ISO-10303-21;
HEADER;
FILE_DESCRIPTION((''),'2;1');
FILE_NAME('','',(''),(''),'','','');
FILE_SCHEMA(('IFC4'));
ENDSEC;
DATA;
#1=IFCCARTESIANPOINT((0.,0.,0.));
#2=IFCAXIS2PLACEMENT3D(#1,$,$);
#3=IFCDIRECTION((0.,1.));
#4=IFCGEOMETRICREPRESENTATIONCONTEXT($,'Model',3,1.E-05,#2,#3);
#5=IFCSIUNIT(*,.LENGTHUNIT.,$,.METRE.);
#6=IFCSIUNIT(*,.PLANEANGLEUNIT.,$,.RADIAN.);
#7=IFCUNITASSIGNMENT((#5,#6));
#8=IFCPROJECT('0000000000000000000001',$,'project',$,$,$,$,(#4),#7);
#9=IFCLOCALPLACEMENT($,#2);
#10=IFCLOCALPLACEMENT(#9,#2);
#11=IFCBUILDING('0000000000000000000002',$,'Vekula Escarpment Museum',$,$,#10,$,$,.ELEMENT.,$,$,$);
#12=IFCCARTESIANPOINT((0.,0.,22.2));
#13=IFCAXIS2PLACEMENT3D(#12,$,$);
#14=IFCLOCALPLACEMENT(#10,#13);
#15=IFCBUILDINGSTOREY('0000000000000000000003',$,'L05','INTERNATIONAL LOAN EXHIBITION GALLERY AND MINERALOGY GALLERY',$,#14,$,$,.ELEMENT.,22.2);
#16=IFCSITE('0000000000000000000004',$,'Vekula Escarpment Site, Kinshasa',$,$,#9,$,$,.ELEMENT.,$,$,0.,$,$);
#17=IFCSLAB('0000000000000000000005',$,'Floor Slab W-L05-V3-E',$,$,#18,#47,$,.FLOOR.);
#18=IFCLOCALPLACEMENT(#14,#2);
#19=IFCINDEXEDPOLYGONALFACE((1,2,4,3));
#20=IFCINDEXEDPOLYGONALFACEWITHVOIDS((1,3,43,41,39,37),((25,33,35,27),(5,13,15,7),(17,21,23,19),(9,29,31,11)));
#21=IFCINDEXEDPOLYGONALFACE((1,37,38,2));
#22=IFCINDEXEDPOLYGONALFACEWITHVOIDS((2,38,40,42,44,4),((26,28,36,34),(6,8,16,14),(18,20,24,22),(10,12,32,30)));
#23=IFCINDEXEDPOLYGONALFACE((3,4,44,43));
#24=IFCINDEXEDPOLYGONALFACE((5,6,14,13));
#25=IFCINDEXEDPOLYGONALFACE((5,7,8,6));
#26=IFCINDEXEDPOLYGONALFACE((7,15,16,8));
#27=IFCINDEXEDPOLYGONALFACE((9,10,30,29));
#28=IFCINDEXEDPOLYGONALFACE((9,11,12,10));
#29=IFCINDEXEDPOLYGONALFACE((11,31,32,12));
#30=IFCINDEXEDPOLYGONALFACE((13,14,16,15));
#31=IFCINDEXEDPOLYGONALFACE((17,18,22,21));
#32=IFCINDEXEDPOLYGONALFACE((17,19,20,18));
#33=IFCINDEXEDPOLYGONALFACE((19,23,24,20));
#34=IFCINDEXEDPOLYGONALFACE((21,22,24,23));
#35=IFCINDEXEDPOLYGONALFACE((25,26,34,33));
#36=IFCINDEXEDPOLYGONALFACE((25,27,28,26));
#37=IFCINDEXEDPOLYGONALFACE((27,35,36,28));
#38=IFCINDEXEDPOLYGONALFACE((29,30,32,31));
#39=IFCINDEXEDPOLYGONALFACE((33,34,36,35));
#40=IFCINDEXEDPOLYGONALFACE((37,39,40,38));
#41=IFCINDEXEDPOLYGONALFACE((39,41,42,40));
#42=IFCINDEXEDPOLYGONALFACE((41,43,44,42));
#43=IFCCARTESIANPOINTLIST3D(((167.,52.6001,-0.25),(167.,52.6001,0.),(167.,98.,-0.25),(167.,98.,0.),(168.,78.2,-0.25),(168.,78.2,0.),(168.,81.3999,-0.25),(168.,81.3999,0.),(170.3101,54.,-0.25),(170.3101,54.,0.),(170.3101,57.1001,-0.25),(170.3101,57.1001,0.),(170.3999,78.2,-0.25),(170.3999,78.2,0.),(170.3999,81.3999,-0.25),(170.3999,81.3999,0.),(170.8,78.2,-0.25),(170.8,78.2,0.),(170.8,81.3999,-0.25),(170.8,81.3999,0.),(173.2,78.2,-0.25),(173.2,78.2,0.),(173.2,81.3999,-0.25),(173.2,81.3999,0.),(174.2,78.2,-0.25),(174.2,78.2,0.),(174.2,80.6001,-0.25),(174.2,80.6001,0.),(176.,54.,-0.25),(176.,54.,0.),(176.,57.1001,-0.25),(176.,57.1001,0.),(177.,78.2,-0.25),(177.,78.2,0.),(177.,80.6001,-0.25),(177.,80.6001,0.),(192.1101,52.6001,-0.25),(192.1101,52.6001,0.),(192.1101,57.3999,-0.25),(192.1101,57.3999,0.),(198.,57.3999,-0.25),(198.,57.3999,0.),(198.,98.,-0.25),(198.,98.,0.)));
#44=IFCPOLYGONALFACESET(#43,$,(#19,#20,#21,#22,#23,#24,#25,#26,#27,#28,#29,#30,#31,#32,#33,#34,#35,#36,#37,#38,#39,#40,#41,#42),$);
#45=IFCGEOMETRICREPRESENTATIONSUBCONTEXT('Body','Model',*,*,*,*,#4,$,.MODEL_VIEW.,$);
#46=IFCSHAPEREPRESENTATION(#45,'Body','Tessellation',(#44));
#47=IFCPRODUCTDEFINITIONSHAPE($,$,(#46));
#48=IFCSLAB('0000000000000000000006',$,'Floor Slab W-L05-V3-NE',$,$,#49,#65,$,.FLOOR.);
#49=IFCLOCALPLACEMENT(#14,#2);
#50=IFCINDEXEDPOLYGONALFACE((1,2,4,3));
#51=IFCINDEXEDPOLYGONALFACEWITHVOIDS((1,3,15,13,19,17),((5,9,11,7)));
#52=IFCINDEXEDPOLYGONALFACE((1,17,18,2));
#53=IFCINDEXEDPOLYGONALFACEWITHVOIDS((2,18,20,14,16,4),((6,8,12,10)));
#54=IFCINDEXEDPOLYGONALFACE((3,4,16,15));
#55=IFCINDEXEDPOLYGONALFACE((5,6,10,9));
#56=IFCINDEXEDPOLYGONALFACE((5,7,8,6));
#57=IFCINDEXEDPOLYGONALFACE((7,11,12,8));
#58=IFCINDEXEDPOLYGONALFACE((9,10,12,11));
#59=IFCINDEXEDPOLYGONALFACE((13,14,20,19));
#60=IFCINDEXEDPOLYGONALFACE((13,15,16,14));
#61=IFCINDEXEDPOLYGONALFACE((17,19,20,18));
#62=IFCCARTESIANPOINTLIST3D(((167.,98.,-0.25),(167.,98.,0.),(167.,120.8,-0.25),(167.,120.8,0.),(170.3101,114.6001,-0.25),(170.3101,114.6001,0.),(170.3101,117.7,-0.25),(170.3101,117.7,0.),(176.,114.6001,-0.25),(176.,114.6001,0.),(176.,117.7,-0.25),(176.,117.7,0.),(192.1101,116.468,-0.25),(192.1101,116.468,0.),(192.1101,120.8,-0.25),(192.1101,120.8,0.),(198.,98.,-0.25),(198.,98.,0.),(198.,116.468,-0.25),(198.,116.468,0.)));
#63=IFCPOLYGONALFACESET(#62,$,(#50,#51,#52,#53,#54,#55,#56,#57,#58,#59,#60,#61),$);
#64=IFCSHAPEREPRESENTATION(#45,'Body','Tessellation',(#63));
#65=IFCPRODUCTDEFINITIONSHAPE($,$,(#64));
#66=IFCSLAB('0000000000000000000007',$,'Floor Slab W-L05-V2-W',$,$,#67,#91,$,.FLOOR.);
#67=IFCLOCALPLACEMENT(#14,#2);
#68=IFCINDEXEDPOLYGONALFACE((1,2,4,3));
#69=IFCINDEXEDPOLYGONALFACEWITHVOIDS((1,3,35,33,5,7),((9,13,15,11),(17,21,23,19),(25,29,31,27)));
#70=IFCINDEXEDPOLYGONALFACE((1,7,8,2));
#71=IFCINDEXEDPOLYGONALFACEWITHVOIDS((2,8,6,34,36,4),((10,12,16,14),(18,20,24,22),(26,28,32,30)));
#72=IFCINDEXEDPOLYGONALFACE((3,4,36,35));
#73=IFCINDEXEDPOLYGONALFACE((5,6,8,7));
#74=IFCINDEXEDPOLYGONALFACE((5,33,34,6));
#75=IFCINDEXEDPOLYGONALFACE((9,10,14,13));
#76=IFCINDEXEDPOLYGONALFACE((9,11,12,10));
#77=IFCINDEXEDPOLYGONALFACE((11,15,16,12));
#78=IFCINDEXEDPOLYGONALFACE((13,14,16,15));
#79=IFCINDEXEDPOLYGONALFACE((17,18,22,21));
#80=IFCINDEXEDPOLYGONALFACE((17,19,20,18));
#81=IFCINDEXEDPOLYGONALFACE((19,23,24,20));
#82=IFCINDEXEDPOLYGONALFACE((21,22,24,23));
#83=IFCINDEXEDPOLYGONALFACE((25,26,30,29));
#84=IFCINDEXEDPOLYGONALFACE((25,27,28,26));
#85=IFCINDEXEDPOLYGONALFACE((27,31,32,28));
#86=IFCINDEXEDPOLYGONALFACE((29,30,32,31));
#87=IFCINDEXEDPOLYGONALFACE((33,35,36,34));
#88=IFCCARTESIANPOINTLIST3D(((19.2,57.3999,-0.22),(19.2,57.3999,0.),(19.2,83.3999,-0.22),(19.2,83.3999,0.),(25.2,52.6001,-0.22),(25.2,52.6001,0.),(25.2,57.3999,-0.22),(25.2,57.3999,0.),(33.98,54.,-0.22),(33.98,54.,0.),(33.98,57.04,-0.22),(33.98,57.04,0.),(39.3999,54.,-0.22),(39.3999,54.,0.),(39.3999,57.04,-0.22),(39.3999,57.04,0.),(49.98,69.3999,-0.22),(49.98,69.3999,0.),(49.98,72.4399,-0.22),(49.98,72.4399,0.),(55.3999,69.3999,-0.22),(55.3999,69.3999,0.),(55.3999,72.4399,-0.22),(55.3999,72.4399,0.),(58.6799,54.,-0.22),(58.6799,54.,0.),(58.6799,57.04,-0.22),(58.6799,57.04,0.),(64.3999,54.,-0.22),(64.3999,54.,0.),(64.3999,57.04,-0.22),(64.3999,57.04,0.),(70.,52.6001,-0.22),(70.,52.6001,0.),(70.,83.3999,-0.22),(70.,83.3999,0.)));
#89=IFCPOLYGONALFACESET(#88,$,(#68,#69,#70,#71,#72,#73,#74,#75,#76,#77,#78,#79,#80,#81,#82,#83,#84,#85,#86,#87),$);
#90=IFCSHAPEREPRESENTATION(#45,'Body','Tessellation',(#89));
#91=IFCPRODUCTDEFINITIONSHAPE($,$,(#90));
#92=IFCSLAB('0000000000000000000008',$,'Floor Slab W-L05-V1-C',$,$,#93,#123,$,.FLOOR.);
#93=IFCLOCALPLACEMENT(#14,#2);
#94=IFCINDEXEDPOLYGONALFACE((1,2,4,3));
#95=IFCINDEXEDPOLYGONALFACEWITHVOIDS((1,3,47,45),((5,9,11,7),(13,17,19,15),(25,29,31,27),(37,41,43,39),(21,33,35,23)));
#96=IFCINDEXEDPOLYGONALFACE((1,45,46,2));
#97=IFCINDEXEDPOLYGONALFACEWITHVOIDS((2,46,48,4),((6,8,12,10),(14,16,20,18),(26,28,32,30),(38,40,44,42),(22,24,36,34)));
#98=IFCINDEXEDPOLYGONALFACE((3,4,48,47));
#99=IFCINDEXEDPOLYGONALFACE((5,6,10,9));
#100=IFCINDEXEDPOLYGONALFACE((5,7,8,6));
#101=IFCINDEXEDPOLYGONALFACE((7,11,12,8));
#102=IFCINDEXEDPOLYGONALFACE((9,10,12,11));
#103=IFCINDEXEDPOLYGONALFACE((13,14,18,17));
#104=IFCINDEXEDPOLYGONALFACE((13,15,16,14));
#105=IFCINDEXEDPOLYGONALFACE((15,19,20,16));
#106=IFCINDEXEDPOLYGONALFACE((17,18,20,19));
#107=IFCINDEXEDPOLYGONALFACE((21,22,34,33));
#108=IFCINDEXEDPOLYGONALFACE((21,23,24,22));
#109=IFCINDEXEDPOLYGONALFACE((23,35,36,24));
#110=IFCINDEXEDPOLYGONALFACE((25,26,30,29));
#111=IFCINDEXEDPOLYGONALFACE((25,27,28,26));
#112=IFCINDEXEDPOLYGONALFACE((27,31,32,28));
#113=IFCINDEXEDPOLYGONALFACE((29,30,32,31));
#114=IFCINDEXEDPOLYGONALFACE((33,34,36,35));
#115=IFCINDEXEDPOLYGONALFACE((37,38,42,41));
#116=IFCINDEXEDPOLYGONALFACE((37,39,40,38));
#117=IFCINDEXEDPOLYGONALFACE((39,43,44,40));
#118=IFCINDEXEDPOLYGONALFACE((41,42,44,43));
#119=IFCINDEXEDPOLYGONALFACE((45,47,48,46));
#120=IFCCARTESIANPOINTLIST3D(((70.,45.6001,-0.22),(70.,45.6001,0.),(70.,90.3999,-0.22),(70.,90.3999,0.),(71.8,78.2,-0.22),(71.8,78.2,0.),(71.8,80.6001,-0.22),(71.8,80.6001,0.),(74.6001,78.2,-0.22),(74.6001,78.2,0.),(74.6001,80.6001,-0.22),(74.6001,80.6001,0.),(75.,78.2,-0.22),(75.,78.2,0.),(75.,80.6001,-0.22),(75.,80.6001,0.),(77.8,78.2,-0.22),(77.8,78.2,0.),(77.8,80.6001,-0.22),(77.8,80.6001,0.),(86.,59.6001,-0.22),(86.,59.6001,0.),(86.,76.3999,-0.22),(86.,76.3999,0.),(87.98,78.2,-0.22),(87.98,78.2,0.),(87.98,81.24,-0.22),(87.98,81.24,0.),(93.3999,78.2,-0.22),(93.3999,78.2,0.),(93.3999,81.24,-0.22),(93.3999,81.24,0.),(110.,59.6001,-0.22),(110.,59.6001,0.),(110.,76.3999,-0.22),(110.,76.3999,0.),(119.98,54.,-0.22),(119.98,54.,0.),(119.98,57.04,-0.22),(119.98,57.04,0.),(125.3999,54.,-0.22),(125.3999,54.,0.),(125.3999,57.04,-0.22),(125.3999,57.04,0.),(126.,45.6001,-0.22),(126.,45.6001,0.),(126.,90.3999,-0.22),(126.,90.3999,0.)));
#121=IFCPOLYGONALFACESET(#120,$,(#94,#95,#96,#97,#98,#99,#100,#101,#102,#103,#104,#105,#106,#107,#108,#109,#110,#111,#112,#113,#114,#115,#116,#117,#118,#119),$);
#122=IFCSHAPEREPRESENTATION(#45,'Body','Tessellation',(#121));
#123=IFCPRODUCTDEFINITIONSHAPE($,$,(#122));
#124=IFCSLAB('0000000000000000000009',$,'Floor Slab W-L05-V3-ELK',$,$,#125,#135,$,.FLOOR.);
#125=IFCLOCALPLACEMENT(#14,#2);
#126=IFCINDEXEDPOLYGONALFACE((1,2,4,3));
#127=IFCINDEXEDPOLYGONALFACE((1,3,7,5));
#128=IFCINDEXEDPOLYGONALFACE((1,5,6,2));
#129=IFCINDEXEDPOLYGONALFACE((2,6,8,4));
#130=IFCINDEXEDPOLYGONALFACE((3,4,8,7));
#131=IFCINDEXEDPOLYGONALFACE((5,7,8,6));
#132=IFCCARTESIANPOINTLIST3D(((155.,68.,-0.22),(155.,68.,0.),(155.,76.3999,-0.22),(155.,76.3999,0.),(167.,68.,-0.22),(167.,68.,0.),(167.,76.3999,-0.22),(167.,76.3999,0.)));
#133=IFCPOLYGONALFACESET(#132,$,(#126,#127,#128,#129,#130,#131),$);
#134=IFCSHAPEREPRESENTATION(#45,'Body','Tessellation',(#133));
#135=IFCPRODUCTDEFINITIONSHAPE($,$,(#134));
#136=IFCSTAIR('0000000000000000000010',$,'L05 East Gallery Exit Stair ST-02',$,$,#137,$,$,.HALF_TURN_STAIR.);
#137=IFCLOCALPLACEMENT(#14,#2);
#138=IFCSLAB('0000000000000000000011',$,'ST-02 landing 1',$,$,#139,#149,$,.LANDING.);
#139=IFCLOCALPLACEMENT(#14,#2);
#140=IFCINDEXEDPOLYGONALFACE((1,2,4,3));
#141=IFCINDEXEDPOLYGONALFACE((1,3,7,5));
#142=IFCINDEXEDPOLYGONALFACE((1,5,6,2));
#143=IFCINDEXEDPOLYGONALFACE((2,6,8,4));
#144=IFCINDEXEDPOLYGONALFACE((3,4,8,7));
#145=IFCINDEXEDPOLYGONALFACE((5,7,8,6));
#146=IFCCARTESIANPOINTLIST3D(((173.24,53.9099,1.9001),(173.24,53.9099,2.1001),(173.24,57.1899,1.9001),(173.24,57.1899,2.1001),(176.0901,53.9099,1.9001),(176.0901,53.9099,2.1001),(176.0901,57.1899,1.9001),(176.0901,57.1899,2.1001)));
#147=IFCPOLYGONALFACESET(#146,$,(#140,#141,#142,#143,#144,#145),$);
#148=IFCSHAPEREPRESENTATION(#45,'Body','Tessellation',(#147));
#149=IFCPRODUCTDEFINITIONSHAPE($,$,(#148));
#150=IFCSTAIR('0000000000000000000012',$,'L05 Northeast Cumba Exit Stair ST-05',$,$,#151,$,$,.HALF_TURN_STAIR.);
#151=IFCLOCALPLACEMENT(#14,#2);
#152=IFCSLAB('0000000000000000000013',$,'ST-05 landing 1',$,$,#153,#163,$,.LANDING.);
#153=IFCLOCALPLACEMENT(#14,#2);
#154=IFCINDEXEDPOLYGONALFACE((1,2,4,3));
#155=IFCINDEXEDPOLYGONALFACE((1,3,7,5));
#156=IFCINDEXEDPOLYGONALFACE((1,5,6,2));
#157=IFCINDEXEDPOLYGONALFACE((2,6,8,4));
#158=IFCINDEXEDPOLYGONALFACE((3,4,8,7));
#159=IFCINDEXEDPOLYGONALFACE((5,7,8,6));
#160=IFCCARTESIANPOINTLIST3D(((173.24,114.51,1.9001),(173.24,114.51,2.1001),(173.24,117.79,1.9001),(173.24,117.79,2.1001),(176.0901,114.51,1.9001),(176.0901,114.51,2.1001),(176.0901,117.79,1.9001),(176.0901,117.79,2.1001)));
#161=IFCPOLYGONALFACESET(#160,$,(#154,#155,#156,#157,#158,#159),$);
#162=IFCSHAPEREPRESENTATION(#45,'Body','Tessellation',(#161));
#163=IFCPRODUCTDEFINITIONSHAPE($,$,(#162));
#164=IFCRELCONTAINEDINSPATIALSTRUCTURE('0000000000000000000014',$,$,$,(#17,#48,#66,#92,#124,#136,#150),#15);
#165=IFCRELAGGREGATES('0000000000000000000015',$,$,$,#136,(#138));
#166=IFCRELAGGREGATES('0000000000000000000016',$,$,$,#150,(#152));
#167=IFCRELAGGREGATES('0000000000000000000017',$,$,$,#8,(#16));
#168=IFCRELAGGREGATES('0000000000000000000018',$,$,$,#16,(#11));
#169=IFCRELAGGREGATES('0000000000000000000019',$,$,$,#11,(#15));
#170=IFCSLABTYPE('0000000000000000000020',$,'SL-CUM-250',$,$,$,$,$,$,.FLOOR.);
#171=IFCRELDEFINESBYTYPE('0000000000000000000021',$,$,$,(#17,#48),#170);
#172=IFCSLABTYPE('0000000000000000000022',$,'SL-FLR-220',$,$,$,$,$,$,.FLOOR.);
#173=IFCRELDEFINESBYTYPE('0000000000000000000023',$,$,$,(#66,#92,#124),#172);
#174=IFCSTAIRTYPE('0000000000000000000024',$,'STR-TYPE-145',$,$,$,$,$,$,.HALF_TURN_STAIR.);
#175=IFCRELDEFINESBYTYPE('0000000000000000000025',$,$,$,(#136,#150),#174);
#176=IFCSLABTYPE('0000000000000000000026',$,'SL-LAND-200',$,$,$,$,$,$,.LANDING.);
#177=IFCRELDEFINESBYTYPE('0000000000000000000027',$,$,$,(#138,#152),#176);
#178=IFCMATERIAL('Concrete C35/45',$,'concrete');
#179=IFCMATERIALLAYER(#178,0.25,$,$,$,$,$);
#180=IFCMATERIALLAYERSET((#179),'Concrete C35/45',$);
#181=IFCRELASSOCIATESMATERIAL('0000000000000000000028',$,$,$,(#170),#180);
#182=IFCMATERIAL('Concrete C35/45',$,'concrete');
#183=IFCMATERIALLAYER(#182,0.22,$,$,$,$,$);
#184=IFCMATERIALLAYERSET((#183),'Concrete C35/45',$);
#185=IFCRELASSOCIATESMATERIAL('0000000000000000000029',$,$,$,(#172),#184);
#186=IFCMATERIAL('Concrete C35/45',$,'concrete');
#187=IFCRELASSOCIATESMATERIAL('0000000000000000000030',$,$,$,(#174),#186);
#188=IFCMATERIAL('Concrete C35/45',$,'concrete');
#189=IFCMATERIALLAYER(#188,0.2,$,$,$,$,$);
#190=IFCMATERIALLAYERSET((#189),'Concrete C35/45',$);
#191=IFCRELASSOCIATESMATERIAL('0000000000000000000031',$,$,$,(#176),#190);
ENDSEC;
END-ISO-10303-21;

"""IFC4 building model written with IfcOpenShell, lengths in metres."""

from ifc_helpers import new_model, si_unit, direction, frame, origin, place, context, subcontext, project, spatial, polyline, outline, extrude, material, layer, layer_set, type_object, element, aggregate, save


model = new_model("IFC4")

# Units and contexts
model_context = context("Model", 3, precision=1e-05, world=origin(), true_north=direction((0.0, 1.0)))
body_context = subcontext(model_context, "Body", "Model", "MODEL_VIEW")
ifc_project = project(units=[si_unit("LENGTHUNIT", "METRE"), si_unit("PLANEANGLEUNIT", "RADIAN")], contexts=[model_context])

# Site, building, storey
site_placement = place(None, origin())
site = spatial("IfcSite", under=ifc_project, at=site_placement, Name="Vekula Escarpment Site, Kinshasa", CompositionType="ELEMENT", RefElevation=0.0)
building_placement = place(site_placement, origin())
building = spatial("IfcBuilding", under=site, at=building_placement, Name="Vekula Escarpment Museum", CompositionType="ELEMENT")
storey_placement = place(building_placement, frame((0.0, 0.0, 22.2)))
storey = spatial("IfcBuildingStorey", under=building, at=storey_placement, Name="L05", Description="INTERNATIONAL LOAN EXHIBITION GALLERY AND MINERALOGY GALLERY", CompositionType="ELEMENT", Elevation=22.2)

# Slabs
ifc_material_1 = material(Name="Concrete C35/45", Category="concrete")
ifc_layer_1 = layer(ifc_material_1, 0.25)
ifc_layer_set_1 = layer_set([ifc_layer_1], Name="Concrete C35/45")
slab_type_1 = type_object("IfcSlabType", Name="SL-CUM-250", PredefinedType="FLOOR", material=ifc_layer_set_1)
slab_1_placement = place(storey_placement, frame((0.0, 0.0, -0.25)))
element("IfcSlab", 1, at=slab_1_placement, inside=storey, type_object=slab_type_1, Name="Floor Slab W-L05-V3-E", PredefinedType="FLOOR", context=body_context, shape_type="SweptSolid", body=[
    extrude(outline(polyline([(167.0, 52.6001), (192.1101, 52.6001), (192.1101, 57.3999), (198.0, 57.3999), (198.0, 98.0), (167.0, 98.0), (167.0, 52.6001)]), holes=[polyline([(170.3101, 54.0), (176.0, 54.0), (176.0, 57.1001), (170.3101, 57.1001), (170.3101, 54.0)]), polyline([(168.0, 78.2), (170.3999, 78.2), (170.3999, 81.3999), (168.0, 81.3999), (168.0, 78.2)]), polyline([(170.8, 78.2), (173.2, 78.2), (173.2, 81.3999), (170.8, 81.3999), (170.8, 78.2)]), polyline([(174.2, 78.2), (177.0, 78.2), (177.0, 80.6001), (174.2, 80.6001), (174.2, 78.2)])]), origin(), (0.0, 0.0, 1.0), 0.25),
])
slab_2_placement = place(storey_placement, frame((0.0, 0.0, -0.25)))
element("IfcSlab", 2, at=slab_2_placement, inside=storey, type_object=slab_type_1, Name="Floor Slab W-L05-V3-NE", PredefinedType="FLOOR", context=body_context, shape_type="SweptSolid", body=[
    extrude(outline(polyline([(167.0, 98.0), (198.0, 98.0), (198.0, 116.468), (192.1101, 116.468), (192.1101, 120.8), (167.0, 120.8), (167.0, 98.0)]), holes=[polyline([(170.3101, 114.6001), (176.0, 114.6001), (176.0, 117.7), (170.3101, 117.7), (170.3101, 114.6001)])]), origin(), (0.0, 0.0, 1.0), 0.25),
])
ifc_material_2 = material(Name="Concrete C35/45", Category="concrete")
ifc_layer_2 = layer(ifc_material_2, 0.22)
ifc_layer_set_2 = layer_set([ifc_layer_2], Name="Concrete C35/45")
slab_type_2 = type_object("IfcSlabType", Name="SL-FLR-220", PredefinedType="FLOOR", material=ifc_layer_set_2)
slab_3_placement = place(storey_placement, frame((0.0, 0.0, -0.22)))
element("IfcSlab", 3, at=slab_3_placement, inside=storey, type_object=slab_type_2, Name="Floor Slab W-L05-V2-W", PredefinedType="FLOOR", context=body_context, shape_type="SweptSolid", body=[
    extrude(outline(polyline([(25.2, 52.6001), (70.0, 52.6001), (70.0, 83.3999), (19.2, 83.3999), (19.2, 57.3999), (25.2, 57.3999), (25.2, 52.6001)]), holes=[polyline([(58.6799, 54.0), (64.3999, 54.0), (64.3999, 57.04), (58.6799, 57.04), (58.6799, 54.0)]), polyline([(33.98, 54.0), (39.3999, 54.0), (39.3999, 57.04), (33.98, 57.04), (33.98, 54.0)]), polyline([(49.98, 69.3999), (55.3999, 69.3999), (55.3999, 72.4399), (49.98, 72.4399), (49.98, 69.3999)])]), origin(), (0.0, 0.0, 1.0), 0.22),
])
slab_4_placement = place(storey_placement, frame((0.0, 0.0, -0.22)))
element("IfcSlab", 4, at=slab_4_placement, inside=storey, type_object=slab_type_2, Name="Floor Slab W-L05-V1-C", PredefinedType="FLOOR", context=body_context, shape_type="SweptSolid", body=[
    extrude(outline(polyline([(70.0, 45.6001), (126.0, 45.6001), (126.0, 90.3999), (70.0, 90.3999), (70.0, 45.6001)]), holes=[polyline([(86.0, 59.6001), (110.0, 59.6001), (110.0, 76.3999), (86.0, 76.3999), (86.0, 59.6001)]), polyline([(119.98, 54.0), (125.3999, 54.0), (125.3999, 57.04), (119.98, 57.04), (119.98, 54.0)]), polyline([(87.98, 78.2), (93.3999, 78.2), (93.3999, 81.24), (87.98, 81.24), (87.98, 78.2)]), polyline([(71.8, 78.2), (74.6001, 78.2), (74.6001, 80.6001), (71.8, 80.6001), (71.8, 78.2)]), polyline([(75.0, 78.2), (77.8, 78.2), (77.8, 80.6001), (75.0, 80.6001), (75.0, 78.2)])]), origin(), (0.0, 0.0, 1.0), 0.22),
])
slab_5_placement = place(storey_placement, frame((0.0, 0.0, -0.22)))
element("IfcSlab", 5, at=slab_5_placement, inside=storey, type_object=slab_type_2, Name="Floor Slab W-L05-V3-ELK", PredefinedType="FLOOR", context=body_context, shape_type="SweptSolid", body=[
    extrude(outline(polyline([(155.0, 68.0), (167.0, 68.0), (167.0, 76.3999), (155.0, 76.3999), (155.0, 68.0)])), origin(), (0.0, 0.0, 1.0), 0.22),
])

# Stairs, slabs
ifc_material_3 = material(Name="Concrete C35/45", Category="concrete")
stair_type = type_object("IfcStairType", Name="STR-TYPE-145", PredefinedType="HALF_TURN_STAIR", material=ifc_material_3)
stair_1_placement = place(storey_placement, origin())
stair_1 = element("IfcStair", 6, at=stair_1_placement, inside=storey, type_object=stair_type, Name="L05 East Gallery Exit Stair ST-02", PredefinedType="HALF_TURN_STAIR")
ifc_material_4 = material(Name="Concrete C35/45", Category="concrete")
ifc_layer_3 = layer(ifc_material_4, 0.2)
ifc_layer_set_3 = layer_set([ifc_layer_3], Name="Concrete C35/45")
slab_type_3 = type_object("IfcSlabType", Name="SL-LAND-200", PredefinedType="LANDING", material=ifc_layer_set_3)
slab_6_placement = place(storey_placement, frame((0.0, 0.0, 1.9001)))
slab_6 = element("IfcSlab", 7, at=slab_6_placement, type_object=slab_type_3, Name="ST-02 landing 1", PredefinedType="LANDING", context=body_context, shape_type="SweptSolid", body=[
    extrude(outline(polyline([(173.24, 53.9099), (176.0901, 53.9099), (176.0901, 57.1899), (173.24, 57.1899), (173.24, 53.9099)])), origin(), (0.0, 0.0, 1.0), 0.2),
])
aggregate(stair_1, [slab_6])
stair_2_placement = place(storey_placement, origin())
stair_2 = element("IfcStair", 8, at=stair_2_placement, inside=storey, type_object=stair_type, Name="L05 Northeast Cumba Exit Stair ST-05", PredefinedType="HALF_TURN_STAIR")
slab_7_placement = place(storey_placement, frame((0.0, 0.0, 1.9001)))
slab_7 = element("IfcSlab", 9, at=slab_7_placement, type_object=slab_type_3, Name="ST-05 landing 1", PredefinedType="LANDING", context=body_context, shape_type="SweptSolid", body=[
    extrude(outline(polyline([(173.24, 114.51), (176.0901, 114.51), (176.0901, 117.79), (173.24, 117.79), (173.24, 114.51)])), origin(), (0.0, 0.0, 1.0), 0.2),
])
aggregate(stair_2, [slab_7])

save(model, "model.ifc")
